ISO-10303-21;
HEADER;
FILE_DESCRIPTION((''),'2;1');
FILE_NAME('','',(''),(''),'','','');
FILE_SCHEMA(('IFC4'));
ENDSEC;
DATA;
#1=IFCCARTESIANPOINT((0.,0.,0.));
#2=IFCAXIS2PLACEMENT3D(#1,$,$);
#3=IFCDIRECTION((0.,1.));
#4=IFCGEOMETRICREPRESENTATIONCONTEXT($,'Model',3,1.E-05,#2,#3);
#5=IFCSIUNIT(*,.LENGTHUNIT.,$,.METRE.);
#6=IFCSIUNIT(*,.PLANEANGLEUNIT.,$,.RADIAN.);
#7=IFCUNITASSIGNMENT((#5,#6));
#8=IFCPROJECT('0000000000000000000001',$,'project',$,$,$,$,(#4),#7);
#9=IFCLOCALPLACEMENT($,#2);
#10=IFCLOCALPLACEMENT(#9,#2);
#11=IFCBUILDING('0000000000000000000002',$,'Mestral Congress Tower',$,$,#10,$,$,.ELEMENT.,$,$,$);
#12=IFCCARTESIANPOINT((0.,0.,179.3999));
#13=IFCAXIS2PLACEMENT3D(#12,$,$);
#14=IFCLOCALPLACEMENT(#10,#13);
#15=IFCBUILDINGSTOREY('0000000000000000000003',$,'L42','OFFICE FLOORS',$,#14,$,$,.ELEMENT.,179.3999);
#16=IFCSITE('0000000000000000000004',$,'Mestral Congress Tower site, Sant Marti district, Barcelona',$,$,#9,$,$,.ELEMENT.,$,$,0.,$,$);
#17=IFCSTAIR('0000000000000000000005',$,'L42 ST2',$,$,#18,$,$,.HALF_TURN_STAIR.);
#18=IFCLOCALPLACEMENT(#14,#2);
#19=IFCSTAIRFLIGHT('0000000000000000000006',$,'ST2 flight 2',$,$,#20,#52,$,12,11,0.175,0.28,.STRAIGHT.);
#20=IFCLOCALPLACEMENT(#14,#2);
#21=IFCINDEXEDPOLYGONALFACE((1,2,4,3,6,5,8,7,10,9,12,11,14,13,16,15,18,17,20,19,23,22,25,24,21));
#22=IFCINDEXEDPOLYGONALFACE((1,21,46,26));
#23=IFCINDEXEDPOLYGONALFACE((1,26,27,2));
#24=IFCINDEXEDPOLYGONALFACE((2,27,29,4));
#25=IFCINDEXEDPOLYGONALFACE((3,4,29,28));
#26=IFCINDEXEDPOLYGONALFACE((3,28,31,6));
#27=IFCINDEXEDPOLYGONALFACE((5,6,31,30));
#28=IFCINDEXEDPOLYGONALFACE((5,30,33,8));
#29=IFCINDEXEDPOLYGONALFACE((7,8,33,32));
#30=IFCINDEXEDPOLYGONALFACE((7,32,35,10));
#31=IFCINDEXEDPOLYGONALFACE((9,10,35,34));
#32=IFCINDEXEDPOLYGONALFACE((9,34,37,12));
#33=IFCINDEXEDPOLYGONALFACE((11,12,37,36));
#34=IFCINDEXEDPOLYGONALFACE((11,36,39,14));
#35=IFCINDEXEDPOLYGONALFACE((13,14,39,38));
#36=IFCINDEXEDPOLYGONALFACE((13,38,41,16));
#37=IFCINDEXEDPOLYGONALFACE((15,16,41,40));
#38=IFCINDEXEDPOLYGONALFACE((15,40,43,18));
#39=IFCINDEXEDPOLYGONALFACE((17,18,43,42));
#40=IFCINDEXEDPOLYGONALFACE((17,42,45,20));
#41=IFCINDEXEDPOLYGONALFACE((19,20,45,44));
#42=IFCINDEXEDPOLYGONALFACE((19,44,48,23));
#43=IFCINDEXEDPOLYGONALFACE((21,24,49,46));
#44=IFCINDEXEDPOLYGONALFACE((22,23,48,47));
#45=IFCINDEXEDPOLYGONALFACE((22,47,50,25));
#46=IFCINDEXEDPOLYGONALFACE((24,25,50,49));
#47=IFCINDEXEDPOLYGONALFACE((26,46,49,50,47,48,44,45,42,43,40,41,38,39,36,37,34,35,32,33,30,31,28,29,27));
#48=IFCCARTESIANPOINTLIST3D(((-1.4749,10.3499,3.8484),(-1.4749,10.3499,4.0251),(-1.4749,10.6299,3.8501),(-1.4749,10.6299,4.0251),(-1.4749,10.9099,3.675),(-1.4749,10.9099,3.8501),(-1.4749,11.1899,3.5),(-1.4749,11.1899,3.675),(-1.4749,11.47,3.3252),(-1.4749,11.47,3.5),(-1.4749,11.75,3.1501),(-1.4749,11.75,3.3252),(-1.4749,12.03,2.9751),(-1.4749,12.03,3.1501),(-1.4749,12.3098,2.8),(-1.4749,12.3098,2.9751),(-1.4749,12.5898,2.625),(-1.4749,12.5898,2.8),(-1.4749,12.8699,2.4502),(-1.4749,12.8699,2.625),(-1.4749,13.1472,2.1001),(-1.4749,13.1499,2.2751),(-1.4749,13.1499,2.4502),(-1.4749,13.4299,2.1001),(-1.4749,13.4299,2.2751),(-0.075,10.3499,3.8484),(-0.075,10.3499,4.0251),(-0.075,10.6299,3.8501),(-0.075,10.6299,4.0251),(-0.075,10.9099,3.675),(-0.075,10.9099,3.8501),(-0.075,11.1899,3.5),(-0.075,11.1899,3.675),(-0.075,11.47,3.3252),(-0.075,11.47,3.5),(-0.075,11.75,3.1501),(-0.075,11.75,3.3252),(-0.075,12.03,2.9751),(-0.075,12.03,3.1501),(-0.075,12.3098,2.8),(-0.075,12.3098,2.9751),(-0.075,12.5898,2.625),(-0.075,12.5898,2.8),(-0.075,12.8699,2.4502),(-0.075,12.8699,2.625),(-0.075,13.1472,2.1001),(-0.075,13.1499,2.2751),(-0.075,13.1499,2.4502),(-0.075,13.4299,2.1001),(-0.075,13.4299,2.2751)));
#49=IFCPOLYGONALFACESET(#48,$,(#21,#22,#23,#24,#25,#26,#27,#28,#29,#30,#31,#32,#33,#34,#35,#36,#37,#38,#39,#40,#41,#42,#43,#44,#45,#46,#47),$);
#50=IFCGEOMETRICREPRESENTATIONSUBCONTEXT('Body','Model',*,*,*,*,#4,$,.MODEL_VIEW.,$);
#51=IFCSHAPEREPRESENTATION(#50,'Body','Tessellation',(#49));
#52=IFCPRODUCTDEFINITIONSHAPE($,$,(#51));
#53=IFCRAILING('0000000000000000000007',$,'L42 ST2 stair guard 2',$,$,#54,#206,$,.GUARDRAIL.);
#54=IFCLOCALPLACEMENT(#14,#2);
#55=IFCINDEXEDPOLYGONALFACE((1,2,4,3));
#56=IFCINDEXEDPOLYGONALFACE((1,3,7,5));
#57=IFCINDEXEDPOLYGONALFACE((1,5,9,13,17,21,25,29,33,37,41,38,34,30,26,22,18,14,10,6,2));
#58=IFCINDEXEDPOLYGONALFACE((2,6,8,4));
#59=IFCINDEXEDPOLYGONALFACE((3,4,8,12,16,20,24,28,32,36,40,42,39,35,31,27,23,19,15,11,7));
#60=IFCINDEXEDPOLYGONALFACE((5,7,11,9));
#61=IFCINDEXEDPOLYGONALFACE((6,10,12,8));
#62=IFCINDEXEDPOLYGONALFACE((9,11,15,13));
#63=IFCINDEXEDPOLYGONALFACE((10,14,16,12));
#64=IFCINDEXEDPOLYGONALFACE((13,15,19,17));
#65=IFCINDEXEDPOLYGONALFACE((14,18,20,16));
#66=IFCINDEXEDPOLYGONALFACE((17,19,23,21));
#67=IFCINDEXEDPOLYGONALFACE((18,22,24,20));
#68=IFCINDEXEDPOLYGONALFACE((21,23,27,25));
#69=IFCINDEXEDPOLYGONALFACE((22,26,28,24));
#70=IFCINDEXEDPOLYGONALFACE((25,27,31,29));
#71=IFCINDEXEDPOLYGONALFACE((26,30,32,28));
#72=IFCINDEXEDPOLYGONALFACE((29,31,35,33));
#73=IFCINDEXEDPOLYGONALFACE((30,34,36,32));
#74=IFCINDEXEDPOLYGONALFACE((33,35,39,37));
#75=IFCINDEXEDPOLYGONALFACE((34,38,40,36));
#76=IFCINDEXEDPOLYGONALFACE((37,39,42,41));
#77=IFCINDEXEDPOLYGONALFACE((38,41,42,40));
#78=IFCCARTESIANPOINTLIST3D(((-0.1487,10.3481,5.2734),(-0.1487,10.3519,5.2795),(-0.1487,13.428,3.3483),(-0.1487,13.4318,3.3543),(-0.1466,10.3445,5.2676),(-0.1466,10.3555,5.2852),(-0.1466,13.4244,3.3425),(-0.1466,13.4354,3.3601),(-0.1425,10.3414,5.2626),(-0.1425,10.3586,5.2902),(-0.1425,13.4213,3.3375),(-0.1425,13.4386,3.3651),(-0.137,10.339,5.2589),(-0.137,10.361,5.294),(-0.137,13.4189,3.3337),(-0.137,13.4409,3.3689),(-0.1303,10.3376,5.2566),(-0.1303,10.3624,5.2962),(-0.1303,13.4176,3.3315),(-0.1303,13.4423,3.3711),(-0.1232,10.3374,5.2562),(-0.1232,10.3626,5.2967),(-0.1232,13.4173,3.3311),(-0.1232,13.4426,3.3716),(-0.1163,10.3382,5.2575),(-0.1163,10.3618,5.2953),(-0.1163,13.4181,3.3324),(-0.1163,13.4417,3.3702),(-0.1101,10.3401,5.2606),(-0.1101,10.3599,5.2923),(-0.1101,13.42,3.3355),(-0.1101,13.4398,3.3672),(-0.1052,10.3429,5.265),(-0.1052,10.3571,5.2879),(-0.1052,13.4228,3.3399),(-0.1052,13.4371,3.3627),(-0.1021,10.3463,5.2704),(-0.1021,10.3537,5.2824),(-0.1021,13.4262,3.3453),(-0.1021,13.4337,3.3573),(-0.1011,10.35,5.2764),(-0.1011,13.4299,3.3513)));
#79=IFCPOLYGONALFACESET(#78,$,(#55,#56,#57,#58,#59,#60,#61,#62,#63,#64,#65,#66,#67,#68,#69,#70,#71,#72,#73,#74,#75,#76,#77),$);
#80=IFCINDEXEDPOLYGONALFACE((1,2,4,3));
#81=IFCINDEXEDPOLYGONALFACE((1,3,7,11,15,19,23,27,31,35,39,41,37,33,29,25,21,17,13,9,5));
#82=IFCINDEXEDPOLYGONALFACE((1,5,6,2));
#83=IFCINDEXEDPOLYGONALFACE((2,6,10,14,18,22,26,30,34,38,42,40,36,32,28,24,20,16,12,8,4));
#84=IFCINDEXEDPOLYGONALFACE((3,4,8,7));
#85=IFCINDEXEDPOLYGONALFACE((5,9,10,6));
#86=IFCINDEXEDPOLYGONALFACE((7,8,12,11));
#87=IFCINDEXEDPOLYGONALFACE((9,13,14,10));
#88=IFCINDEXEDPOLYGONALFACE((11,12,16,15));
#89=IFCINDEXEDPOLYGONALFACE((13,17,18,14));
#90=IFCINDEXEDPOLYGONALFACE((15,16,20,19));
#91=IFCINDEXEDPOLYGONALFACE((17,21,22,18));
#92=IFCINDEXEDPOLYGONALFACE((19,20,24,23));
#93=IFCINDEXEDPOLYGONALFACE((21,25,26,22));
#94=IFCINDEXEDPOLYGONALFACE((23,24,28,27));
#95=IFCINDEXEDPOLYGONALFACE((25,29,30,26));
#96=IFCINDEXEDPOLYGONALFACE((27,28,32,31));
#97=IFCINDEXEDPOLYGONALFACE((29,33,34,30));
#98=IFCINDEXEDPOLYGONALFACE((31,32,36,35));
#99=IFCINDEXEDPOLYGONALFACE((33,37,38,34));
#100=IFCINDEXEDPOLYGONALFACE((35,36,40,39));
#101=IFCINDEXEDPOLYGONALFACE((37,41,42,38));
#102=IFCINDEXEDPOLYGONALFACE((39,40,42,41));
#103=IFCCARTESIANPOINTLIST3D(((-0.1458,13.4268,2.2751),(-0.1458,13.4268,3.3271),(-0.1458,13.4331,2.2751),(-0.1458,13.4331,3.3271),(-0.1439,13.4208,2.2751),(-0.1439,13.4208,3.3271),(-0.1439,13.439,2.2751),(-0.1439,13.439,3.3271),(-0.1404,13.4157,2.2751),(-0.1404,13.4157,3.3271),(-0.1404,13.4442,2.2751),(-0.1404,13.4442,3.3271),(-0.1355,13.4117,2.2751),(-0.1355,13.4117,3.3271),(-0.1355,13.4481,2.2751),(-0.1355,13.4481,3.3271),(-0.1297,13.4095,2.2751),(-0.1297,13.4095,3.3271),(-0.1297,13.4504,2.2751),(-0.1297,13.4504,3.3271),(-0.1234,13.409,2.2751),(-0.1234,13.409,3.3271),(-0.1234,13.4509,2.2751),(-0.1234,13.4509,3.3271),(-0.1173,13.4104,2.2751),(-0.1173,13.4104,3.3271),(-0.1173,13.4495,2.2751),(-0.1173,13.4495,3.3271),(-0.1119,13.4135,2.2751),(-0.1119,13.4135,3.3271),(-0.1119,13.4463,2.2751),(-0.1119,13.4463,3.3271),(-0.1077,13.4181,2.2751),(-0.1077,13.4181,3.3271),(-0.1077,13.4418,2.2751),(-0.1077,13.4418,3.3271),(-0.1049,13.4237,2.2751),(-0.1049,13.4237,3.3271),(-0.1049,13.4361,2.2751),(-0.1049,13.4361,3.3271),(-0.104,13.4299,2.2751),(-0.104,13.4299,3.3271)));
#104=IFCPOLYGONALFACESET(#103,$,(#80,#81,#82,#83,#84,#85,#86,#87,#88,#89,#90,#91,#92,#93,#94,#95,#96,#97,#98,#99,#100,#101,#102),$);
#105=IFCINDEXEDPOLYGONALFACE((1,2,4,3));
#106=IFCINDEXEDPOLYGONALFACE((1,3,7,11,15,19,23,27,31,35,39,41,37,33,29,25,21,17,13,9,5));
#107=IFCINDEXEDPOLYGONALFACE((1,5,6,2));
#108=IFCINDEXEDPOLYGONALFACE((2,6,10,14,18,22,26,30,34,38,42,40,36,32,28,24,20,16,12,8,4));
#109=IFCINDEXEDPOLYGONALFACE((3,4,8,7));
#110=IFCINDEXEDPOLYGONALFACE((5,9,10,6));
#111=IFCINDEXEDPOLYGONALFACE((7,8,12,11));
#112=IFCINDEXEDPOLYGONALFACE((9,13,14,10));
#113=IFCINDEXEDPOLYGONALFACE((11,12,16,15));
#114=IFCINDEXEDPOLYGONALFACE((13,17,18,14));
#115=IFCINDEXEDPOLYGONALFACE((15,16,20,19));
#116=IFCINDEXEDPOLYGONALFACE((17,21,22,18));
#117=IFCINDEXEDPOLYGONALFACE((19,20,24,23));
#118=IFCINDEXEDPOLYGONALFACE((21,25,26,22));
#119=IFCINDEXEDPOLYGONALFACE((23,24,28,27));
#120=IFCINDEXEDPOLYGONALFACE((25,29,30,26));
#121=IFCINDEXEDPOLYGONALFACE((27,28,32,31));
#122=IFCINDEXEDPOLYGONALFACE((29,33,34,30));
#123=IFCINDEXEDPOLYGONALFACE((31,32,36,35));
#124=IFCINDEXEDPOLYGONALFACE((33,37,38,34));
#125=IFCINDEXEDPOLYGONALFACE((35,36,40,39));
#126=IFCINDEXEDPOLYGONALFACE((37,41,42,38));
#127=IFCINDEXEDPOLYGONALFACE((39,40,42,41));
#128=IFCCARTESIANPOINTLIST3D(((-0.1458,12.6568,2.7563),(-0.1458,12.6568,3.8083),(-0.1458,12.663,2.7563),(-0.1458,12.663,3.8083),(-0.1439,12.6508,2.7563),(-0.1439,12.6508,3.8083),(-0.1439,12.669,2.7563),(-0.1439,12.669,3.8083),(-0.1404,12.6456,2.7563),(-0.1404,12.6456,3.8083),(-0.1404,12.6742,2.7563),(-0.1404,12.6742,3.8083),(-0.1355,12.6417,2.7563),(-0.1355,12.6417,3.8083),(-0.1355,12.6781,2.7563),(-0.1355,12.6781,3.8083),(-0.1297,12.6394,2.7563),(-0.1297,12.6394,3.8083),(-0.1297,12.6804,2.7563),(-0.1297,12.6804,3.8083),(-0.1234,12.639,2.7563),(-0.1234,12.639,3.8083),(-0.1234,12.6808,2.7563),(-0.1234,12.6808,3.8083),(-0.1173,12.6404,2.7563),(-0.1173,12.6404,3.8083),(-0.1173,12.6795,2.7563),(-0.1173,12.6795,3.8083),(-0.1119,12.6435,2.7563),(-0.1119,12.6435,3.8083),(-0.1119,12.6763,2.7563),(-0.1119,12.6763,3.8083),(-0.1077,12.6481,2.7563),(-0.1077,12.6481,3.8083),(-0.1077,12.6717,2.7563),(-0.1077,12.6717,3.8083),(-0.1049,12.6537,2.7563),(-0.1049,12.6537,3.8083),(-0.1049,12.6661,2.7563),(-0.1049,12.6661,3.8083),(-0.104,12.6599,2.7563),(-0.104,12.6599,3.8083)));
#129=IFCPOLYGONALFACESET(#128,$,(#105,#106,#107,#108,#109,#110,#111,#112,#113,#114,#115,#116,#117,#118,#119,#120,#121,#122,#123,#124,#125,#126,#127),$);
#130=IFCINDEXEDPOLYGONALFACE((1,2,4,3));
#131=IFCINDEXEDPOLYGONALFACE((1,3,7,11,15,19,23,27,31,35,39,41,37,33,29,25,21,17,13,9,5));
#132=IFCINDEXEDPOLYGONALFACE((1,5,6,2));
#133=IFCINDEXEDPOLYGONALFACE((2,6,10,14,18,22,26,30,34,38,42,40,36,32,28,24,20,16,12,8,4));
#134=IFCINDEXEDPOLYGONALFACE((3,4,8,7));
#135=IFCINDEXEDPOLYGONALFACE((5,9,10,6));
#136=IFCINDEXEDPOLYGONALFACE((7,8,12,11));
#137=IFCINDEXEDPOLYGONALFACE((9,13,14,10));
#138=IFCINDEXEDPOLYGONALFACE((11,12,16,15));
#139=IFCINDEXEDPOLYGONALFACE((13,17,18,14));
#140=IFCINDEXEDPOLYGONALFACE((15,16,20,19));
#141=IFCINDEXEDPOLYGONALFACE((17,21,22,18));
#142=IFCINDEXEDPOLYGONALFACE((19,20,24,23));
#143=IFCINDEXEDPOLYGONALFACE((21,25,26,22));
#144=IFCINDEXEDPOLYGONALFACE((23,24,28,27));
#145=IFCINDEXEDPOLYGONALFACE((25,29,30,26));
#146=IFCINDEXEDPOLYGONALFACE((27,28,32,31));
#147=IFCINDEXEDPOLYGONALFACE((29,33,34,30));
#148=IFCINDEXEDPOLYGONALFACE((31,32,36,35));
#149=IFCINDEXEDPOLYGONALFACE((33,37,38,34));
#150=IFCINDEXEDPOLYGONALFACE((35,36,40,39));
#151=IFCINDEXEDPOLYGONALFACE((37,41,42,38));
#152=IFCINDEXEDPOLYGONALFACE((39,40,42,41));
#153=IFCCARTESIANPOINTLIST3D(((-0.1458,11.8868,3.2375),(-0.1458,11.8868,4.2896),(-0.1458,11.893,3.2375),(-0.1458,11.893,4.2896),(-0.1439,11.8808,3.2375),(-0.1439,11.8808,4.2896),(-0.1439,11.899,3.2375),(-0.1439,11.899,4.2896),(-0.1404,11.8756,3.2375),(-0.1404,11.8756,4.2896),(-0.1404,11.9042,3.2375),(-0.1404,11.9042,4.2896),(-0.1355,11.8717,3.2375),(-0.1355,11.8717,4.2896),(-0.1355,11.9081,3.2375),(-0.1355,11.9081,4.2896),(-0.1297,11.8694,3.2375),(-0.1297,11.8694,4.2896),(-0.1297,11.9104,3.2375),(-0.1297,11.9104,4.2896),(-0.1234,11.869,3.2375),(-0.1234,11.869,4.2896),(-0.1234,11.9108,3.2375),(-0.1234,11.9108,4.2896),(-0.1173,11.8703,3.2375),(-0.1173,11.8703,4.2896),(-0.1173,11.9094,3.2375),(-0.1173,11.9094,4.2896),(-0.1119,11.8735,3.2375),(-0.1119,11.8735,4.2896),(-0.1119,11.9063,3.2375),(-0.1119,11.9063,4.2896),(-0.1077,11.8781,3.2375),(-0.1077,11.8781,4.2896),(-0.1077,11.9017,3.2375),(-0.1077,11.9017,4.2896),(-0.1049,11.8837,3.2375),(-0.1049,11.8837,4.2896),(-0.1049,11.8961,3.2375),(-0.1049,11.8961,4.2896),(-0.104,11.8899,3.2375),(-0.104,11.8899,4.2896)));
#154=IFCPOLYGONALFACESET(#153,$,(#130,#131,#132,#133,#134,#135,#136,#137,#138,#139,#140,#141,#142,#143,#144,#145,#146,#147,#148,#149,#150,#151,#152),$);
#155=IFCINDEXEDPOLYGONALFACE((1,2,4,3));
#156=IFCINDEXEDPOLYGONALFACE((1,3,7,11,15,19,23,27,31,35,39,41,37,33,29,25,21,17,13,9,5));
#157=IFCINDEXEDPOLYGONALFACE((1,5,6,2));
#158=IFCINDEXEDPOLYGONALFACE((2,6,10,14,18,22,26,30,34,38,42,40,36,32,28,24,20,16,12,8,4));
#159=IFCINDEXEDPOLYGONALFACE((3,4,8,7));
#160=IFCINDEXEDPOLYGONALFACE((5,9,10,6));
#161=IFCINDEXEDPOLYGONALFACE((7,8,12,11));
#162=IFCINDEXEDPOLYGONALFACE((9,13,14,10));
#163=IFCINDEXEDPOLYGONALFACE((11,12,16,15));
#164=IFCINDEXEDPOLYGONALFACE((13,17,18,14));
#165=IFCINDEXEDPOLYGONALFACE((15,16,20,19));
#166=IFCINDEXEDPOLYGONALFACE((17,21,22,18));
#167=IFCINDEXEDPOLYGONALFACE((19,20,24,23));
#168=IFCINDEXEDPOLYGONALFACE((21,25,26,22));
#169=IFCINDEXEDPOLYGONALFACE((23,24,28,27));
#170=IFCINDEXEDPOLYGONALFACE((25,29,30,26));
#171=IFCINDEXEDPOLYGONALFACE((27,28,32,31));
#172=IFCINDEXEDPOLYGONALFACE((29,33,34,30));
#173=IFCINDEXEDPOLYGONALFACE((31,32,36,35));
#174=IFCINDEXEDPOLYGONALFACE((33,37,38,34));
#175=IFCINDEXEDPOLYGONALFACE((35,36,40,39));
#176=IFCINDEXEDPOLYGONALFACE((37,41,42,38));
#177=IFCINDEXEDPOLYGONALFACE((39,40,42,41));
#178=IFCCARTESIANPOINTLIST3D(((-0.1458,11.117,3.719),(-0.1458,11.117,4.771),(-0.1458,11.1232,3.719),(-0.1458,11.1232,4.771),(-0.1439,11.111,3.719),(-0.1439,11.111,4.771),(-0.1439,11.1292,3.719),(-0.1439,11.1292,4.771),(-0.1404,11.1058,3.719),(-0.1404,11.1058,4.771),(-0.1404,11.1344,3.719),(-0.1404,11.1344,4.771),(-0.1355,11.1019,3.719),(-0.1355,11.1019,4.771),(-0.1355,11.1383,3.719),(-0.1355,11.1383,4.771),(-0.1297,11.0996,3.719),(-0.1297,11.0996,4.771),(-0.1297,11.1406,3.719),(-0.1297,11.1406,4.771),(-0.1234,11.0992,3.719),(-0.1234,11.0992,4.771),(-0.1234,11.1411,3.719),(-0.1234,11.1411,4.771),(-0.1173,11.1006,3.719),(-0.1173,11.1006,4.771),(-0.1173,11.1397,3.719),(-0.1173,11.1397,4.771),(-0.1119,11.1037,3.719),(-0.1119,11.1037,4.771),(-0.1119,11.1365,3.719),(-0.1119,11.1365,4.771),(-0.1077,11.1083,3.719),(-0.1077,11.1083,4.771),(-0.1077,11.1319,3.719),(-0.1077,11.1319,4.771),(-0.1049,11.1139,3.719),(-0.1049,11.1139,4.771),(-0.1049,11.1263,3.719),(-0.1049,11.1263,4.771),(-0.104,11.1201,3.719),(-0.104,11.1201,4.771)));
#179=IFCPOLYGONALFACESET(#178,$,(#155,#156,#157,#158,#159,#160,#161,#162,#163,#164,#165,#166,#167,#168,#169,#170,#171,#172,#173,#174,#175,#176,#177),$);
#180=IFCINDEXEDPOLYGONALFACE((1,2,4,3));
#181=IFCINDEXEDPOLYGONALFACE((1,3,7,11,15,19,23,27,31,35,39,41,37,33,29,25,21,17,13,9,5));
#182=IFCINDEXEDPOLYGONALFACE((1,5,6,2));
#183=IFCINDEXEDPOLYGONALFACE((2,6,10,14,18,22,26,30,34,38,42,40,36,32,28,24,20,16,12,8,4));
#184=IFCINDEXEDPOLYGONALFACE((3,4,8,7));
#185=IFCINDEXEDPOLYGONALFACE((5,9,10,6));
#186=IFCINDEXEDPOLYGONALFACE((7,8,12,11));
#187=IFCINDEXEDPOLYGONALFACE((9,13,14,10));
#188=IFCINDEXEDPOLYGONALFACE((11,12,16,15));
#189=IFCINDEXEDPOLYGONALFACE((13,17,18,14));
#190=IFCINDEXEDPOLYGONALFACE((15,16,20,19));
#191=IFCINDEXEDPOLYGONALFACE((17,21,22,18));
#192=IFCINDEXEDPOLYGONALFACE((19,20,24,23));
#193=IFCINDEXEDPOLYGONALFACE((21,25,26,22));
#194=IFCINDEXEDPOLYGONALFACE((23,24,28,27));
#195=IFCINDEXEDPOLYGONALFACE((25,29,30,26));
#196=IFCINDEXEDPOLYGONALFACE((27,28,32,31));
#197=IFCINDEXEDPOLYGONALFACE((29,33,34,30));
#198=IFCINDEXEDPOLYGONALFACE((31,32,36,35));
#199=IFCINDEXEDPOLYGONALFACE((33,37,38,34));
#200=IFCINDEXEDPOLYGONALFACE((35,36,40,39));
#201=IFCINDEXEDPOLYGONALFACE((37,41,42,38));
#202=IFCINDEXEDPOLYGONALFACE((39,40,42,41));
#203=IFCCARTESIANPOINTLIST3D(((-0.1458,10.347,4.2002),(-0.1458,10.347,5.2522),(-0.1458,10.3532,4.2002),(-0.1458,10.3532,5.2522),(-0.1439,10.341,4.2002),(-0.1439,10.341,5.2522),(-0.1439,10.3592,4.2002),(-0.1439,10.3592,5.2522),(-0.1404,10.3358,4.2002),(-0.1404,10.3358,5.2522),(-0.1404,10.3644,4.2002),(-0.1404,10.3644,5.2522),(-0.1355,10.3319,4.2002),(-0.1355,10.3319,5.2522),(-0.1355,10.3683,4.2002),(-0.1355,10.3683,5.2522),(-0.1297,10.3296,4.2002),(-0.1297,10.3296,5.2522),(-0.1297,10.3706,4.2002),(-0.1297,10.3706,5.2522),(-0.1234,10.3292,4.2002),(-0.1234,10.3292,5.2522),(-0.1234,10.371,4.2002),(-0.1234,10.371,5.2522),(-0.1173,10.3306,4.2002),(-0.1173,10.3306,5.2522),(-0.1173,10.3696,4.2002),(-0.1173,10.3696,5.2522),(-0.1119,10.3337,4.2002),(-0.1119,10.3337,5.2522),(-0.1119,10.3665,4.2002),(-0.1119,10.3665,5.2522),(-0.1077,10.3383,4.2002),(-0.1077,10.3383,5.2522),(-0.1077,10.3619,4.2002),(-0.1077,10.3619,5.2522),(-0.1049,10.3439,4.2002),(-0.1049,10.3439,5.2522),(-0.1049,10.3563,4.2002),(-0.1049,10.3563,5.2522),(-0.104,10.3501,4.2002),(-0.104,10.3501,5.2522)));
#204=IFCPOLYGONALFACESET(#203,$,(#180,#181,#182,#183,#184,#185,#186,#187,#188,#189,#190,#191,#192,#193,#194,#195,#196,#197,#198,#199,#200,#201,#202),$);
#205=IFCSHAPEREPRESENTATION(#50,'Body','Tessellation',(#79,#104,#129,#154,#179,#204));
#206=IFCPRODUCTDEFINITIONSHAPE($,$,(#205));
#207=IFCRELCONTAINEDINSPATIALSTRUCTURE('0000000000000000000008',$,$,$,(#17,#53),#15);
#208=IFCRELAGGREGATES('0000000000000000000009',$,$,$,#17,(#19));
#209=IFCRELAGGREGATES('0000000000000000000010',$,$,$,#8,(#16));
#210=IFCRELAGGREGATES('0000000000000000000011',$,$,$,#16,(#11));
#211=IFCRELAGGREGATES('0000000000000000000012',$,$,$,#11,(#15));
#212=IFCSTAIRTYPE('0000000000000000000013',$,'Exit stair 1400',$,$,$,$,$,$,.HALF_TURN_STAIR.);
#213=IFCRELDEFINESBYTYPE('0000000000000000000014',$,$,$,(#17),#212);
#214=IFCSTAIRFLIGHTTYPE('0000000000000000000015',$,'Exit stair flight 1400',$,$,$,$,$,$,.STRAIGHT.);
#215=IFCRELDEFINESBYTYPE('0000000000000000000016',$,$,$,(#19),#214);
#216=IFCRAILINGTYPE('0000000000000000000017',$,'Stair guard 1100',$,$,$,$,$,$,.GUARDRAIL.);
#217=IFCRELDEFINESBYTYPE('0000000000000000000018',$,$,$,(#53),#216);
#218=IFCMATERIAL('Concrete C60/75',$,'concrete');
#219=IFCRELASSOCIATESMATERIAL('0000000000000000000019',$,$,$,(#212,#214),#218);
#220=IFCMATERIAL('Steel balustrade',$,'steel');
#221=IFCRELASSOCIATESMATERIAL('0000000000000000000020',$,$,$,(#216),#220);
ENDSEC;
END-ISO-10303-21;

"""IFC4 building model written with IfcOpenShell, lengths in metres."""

from ifc_helpers import new_model, si_unit, direction, frame, origin, origin_2d, place, context, subcontext, project, spatial, polyline, circle, outline, extrude, material, type_object, element, aggregate, save


model = new_model("IFC4")

# Units and contexts
model_context = context("Model", 3, precision=1e-05, world=origin(), true_north=direction((0.0, 1.0)))
body_context = subcontext(model_context, "Body", "Model", "MODEL_VIEW")
ifc_project = project(units=[si_unit("LENGTHUNIT", "METRE"), si_unit("PLANEANGLEUNIT", "RADIAN")], contexts=[model_context])

# Site, building, storey
site_placement = place(None, origin())
site = spatial("IfcSite", under=ifc_project, at=site_placement, Name="Mestral Congress Tower site, Sant Marti district, Barcelona", CompositionType="ELEMENT", RefElevation=0.0)
building_placement = place(site_placement, origin())
building = spatial("IfcBuilding", under=site, at=building_placement, Name="Mestral Congress Tower", CompositionType="ELEMENT")
storey_placement = place(building_placement, frame((0.0, 0.0, 179.3999)))
storey = spatial("IfcBuildingStorey", under=building, at=storey_placement, Name="L42", Description="OFFICE FLOORS", CompositionType="ELEMENT", Elevation=179.3999)

# Shared definitions
ifc_material_1 = material(Name="Concrete C60/75", Category="concrete")

# Stair, stair flight
stair_type = type_object("IfcStairType", Name="Exit stair 1400", PredefinedType="HALF_TURN_STAIR", material=ifc_material_1)
stair_placement = place(storey_placement, origin())
stair = element("IfcStair", 1, at=stair_placement, inside=storey, type_object=stair_type, Name="L42 ST2", PredefinedType="HALF_TURN_STAIR")
stair_flight_type = type_object("IfcStairFlightType", Name="Exit stair flight 1400", PredefinedType="STRAIGHT", material=ifc_material_1)
stair_flight_placement = place(storey_placement, frame((-0.7749, 13.4299, 2.1001), z_axis=(0.0, 0.0, 1.0), x_axis=(0.0, -1.0, 0.0)))
stair_flight = element("IfcStairFlight", 2, at=stair_flight_placement, type_object=stair_flight_type, Name="ST2 flight 2", NumberOfRisers=12, NumberOfTreads=11, PredefinedType="STRAIGHT", RiserHeight=0.175, TreadLength=0.28, context=body_context, shape_type="SweptSolid", body=[
    extrude(outline(polyline([(0.0, 0.0), (0.0, 0.175), (0.28, 0.175), (0.28, 0.3501), (0.5601, 0.3501), (0.5601, 0.5249), (0.8401, 0.5249), (0.8401, 0.7), (1.1201, 0.7), (1.1201, 0.875), (1.3999, 0.875), (1.3999, 1.05), (1.6799, 1.05), (1.6799, 1.2251), (1.96, 1.2251), (1.96, 1.3999), (2.24, 1.3999), (2.24, 1.575), (2.52, 1.575), (2.52, 1.75), (2.8, 1.75), (2.8, 1.925), (3.0801, 1.925), (3.0801, 2.1001), (3.0801, 1.7483), (0.2827, 0.0), (0.0, 0.0)])), frame((0.0, 0.7, 0.0), z_axis=(0.0, -1.0, 0.0), x_axis=(1.0, 0.0, 0.0)), (0.0, 0.0, 1.0), 1.3999),
])
aggregate(stair, [stair_flight])

# Railing
ifc_material_2 = material(Name="Steel balustrade", Category="steel")
railing_type = type_object("IfcRailingType", Name="Stair guard 1100", PredefinedType="GUARDRAIL", material=ifc_material_2)
railing_placement = place(storey_placement, frame((-0.125, 13.4299, 2.2751)))
element("IfcRailing", 3, at=railing_placement, inside=storey, type_object=railing_type, Name="L42 ST2 stair guard 2", PredefinedType="GUARDRAIL", context=body_context, shape_type="SweptSolid", body=[
    extrude(circle(Radius=0.0239, at=origin_2d()), frame((0.0, 0.0, 1.0762), z_axis=(0.0, -0.847979, 0.530029), x_axis=(1.0, 0.0, 0.0)), (0.0, 0.0, 1.0), 3.6321),
    extrude(circle(Radius=0.021, at=origin_2d()), origin(), (0.0, 0.0, 1.0), 1.052),
    extrude(circle(Radius=0.021, at=origin_2d()), frame((0.0, -0.77, 0.4812)), (0.0, 0.0, 1.0), 1.052),
    extrude(circle(Radius=0.021, at=origin_2d()), frame((0.0, -1.54, 0.9624)), (0.0, 0.0, 1.0), 1.052),
    extrude(circle(Radius=0.021, at=origin_2d()), frame((0.0, -2.3098, 1.4438)), (0.0, 0.0, 1.0), 1.052),
    extrude(circle(Radius=0.021, at=origin_2d()), frame((0.0, -3.0798, 1.925)), (0.0, 0.0, 1.0), 1.052),
])

save(model, "model.ifc")
